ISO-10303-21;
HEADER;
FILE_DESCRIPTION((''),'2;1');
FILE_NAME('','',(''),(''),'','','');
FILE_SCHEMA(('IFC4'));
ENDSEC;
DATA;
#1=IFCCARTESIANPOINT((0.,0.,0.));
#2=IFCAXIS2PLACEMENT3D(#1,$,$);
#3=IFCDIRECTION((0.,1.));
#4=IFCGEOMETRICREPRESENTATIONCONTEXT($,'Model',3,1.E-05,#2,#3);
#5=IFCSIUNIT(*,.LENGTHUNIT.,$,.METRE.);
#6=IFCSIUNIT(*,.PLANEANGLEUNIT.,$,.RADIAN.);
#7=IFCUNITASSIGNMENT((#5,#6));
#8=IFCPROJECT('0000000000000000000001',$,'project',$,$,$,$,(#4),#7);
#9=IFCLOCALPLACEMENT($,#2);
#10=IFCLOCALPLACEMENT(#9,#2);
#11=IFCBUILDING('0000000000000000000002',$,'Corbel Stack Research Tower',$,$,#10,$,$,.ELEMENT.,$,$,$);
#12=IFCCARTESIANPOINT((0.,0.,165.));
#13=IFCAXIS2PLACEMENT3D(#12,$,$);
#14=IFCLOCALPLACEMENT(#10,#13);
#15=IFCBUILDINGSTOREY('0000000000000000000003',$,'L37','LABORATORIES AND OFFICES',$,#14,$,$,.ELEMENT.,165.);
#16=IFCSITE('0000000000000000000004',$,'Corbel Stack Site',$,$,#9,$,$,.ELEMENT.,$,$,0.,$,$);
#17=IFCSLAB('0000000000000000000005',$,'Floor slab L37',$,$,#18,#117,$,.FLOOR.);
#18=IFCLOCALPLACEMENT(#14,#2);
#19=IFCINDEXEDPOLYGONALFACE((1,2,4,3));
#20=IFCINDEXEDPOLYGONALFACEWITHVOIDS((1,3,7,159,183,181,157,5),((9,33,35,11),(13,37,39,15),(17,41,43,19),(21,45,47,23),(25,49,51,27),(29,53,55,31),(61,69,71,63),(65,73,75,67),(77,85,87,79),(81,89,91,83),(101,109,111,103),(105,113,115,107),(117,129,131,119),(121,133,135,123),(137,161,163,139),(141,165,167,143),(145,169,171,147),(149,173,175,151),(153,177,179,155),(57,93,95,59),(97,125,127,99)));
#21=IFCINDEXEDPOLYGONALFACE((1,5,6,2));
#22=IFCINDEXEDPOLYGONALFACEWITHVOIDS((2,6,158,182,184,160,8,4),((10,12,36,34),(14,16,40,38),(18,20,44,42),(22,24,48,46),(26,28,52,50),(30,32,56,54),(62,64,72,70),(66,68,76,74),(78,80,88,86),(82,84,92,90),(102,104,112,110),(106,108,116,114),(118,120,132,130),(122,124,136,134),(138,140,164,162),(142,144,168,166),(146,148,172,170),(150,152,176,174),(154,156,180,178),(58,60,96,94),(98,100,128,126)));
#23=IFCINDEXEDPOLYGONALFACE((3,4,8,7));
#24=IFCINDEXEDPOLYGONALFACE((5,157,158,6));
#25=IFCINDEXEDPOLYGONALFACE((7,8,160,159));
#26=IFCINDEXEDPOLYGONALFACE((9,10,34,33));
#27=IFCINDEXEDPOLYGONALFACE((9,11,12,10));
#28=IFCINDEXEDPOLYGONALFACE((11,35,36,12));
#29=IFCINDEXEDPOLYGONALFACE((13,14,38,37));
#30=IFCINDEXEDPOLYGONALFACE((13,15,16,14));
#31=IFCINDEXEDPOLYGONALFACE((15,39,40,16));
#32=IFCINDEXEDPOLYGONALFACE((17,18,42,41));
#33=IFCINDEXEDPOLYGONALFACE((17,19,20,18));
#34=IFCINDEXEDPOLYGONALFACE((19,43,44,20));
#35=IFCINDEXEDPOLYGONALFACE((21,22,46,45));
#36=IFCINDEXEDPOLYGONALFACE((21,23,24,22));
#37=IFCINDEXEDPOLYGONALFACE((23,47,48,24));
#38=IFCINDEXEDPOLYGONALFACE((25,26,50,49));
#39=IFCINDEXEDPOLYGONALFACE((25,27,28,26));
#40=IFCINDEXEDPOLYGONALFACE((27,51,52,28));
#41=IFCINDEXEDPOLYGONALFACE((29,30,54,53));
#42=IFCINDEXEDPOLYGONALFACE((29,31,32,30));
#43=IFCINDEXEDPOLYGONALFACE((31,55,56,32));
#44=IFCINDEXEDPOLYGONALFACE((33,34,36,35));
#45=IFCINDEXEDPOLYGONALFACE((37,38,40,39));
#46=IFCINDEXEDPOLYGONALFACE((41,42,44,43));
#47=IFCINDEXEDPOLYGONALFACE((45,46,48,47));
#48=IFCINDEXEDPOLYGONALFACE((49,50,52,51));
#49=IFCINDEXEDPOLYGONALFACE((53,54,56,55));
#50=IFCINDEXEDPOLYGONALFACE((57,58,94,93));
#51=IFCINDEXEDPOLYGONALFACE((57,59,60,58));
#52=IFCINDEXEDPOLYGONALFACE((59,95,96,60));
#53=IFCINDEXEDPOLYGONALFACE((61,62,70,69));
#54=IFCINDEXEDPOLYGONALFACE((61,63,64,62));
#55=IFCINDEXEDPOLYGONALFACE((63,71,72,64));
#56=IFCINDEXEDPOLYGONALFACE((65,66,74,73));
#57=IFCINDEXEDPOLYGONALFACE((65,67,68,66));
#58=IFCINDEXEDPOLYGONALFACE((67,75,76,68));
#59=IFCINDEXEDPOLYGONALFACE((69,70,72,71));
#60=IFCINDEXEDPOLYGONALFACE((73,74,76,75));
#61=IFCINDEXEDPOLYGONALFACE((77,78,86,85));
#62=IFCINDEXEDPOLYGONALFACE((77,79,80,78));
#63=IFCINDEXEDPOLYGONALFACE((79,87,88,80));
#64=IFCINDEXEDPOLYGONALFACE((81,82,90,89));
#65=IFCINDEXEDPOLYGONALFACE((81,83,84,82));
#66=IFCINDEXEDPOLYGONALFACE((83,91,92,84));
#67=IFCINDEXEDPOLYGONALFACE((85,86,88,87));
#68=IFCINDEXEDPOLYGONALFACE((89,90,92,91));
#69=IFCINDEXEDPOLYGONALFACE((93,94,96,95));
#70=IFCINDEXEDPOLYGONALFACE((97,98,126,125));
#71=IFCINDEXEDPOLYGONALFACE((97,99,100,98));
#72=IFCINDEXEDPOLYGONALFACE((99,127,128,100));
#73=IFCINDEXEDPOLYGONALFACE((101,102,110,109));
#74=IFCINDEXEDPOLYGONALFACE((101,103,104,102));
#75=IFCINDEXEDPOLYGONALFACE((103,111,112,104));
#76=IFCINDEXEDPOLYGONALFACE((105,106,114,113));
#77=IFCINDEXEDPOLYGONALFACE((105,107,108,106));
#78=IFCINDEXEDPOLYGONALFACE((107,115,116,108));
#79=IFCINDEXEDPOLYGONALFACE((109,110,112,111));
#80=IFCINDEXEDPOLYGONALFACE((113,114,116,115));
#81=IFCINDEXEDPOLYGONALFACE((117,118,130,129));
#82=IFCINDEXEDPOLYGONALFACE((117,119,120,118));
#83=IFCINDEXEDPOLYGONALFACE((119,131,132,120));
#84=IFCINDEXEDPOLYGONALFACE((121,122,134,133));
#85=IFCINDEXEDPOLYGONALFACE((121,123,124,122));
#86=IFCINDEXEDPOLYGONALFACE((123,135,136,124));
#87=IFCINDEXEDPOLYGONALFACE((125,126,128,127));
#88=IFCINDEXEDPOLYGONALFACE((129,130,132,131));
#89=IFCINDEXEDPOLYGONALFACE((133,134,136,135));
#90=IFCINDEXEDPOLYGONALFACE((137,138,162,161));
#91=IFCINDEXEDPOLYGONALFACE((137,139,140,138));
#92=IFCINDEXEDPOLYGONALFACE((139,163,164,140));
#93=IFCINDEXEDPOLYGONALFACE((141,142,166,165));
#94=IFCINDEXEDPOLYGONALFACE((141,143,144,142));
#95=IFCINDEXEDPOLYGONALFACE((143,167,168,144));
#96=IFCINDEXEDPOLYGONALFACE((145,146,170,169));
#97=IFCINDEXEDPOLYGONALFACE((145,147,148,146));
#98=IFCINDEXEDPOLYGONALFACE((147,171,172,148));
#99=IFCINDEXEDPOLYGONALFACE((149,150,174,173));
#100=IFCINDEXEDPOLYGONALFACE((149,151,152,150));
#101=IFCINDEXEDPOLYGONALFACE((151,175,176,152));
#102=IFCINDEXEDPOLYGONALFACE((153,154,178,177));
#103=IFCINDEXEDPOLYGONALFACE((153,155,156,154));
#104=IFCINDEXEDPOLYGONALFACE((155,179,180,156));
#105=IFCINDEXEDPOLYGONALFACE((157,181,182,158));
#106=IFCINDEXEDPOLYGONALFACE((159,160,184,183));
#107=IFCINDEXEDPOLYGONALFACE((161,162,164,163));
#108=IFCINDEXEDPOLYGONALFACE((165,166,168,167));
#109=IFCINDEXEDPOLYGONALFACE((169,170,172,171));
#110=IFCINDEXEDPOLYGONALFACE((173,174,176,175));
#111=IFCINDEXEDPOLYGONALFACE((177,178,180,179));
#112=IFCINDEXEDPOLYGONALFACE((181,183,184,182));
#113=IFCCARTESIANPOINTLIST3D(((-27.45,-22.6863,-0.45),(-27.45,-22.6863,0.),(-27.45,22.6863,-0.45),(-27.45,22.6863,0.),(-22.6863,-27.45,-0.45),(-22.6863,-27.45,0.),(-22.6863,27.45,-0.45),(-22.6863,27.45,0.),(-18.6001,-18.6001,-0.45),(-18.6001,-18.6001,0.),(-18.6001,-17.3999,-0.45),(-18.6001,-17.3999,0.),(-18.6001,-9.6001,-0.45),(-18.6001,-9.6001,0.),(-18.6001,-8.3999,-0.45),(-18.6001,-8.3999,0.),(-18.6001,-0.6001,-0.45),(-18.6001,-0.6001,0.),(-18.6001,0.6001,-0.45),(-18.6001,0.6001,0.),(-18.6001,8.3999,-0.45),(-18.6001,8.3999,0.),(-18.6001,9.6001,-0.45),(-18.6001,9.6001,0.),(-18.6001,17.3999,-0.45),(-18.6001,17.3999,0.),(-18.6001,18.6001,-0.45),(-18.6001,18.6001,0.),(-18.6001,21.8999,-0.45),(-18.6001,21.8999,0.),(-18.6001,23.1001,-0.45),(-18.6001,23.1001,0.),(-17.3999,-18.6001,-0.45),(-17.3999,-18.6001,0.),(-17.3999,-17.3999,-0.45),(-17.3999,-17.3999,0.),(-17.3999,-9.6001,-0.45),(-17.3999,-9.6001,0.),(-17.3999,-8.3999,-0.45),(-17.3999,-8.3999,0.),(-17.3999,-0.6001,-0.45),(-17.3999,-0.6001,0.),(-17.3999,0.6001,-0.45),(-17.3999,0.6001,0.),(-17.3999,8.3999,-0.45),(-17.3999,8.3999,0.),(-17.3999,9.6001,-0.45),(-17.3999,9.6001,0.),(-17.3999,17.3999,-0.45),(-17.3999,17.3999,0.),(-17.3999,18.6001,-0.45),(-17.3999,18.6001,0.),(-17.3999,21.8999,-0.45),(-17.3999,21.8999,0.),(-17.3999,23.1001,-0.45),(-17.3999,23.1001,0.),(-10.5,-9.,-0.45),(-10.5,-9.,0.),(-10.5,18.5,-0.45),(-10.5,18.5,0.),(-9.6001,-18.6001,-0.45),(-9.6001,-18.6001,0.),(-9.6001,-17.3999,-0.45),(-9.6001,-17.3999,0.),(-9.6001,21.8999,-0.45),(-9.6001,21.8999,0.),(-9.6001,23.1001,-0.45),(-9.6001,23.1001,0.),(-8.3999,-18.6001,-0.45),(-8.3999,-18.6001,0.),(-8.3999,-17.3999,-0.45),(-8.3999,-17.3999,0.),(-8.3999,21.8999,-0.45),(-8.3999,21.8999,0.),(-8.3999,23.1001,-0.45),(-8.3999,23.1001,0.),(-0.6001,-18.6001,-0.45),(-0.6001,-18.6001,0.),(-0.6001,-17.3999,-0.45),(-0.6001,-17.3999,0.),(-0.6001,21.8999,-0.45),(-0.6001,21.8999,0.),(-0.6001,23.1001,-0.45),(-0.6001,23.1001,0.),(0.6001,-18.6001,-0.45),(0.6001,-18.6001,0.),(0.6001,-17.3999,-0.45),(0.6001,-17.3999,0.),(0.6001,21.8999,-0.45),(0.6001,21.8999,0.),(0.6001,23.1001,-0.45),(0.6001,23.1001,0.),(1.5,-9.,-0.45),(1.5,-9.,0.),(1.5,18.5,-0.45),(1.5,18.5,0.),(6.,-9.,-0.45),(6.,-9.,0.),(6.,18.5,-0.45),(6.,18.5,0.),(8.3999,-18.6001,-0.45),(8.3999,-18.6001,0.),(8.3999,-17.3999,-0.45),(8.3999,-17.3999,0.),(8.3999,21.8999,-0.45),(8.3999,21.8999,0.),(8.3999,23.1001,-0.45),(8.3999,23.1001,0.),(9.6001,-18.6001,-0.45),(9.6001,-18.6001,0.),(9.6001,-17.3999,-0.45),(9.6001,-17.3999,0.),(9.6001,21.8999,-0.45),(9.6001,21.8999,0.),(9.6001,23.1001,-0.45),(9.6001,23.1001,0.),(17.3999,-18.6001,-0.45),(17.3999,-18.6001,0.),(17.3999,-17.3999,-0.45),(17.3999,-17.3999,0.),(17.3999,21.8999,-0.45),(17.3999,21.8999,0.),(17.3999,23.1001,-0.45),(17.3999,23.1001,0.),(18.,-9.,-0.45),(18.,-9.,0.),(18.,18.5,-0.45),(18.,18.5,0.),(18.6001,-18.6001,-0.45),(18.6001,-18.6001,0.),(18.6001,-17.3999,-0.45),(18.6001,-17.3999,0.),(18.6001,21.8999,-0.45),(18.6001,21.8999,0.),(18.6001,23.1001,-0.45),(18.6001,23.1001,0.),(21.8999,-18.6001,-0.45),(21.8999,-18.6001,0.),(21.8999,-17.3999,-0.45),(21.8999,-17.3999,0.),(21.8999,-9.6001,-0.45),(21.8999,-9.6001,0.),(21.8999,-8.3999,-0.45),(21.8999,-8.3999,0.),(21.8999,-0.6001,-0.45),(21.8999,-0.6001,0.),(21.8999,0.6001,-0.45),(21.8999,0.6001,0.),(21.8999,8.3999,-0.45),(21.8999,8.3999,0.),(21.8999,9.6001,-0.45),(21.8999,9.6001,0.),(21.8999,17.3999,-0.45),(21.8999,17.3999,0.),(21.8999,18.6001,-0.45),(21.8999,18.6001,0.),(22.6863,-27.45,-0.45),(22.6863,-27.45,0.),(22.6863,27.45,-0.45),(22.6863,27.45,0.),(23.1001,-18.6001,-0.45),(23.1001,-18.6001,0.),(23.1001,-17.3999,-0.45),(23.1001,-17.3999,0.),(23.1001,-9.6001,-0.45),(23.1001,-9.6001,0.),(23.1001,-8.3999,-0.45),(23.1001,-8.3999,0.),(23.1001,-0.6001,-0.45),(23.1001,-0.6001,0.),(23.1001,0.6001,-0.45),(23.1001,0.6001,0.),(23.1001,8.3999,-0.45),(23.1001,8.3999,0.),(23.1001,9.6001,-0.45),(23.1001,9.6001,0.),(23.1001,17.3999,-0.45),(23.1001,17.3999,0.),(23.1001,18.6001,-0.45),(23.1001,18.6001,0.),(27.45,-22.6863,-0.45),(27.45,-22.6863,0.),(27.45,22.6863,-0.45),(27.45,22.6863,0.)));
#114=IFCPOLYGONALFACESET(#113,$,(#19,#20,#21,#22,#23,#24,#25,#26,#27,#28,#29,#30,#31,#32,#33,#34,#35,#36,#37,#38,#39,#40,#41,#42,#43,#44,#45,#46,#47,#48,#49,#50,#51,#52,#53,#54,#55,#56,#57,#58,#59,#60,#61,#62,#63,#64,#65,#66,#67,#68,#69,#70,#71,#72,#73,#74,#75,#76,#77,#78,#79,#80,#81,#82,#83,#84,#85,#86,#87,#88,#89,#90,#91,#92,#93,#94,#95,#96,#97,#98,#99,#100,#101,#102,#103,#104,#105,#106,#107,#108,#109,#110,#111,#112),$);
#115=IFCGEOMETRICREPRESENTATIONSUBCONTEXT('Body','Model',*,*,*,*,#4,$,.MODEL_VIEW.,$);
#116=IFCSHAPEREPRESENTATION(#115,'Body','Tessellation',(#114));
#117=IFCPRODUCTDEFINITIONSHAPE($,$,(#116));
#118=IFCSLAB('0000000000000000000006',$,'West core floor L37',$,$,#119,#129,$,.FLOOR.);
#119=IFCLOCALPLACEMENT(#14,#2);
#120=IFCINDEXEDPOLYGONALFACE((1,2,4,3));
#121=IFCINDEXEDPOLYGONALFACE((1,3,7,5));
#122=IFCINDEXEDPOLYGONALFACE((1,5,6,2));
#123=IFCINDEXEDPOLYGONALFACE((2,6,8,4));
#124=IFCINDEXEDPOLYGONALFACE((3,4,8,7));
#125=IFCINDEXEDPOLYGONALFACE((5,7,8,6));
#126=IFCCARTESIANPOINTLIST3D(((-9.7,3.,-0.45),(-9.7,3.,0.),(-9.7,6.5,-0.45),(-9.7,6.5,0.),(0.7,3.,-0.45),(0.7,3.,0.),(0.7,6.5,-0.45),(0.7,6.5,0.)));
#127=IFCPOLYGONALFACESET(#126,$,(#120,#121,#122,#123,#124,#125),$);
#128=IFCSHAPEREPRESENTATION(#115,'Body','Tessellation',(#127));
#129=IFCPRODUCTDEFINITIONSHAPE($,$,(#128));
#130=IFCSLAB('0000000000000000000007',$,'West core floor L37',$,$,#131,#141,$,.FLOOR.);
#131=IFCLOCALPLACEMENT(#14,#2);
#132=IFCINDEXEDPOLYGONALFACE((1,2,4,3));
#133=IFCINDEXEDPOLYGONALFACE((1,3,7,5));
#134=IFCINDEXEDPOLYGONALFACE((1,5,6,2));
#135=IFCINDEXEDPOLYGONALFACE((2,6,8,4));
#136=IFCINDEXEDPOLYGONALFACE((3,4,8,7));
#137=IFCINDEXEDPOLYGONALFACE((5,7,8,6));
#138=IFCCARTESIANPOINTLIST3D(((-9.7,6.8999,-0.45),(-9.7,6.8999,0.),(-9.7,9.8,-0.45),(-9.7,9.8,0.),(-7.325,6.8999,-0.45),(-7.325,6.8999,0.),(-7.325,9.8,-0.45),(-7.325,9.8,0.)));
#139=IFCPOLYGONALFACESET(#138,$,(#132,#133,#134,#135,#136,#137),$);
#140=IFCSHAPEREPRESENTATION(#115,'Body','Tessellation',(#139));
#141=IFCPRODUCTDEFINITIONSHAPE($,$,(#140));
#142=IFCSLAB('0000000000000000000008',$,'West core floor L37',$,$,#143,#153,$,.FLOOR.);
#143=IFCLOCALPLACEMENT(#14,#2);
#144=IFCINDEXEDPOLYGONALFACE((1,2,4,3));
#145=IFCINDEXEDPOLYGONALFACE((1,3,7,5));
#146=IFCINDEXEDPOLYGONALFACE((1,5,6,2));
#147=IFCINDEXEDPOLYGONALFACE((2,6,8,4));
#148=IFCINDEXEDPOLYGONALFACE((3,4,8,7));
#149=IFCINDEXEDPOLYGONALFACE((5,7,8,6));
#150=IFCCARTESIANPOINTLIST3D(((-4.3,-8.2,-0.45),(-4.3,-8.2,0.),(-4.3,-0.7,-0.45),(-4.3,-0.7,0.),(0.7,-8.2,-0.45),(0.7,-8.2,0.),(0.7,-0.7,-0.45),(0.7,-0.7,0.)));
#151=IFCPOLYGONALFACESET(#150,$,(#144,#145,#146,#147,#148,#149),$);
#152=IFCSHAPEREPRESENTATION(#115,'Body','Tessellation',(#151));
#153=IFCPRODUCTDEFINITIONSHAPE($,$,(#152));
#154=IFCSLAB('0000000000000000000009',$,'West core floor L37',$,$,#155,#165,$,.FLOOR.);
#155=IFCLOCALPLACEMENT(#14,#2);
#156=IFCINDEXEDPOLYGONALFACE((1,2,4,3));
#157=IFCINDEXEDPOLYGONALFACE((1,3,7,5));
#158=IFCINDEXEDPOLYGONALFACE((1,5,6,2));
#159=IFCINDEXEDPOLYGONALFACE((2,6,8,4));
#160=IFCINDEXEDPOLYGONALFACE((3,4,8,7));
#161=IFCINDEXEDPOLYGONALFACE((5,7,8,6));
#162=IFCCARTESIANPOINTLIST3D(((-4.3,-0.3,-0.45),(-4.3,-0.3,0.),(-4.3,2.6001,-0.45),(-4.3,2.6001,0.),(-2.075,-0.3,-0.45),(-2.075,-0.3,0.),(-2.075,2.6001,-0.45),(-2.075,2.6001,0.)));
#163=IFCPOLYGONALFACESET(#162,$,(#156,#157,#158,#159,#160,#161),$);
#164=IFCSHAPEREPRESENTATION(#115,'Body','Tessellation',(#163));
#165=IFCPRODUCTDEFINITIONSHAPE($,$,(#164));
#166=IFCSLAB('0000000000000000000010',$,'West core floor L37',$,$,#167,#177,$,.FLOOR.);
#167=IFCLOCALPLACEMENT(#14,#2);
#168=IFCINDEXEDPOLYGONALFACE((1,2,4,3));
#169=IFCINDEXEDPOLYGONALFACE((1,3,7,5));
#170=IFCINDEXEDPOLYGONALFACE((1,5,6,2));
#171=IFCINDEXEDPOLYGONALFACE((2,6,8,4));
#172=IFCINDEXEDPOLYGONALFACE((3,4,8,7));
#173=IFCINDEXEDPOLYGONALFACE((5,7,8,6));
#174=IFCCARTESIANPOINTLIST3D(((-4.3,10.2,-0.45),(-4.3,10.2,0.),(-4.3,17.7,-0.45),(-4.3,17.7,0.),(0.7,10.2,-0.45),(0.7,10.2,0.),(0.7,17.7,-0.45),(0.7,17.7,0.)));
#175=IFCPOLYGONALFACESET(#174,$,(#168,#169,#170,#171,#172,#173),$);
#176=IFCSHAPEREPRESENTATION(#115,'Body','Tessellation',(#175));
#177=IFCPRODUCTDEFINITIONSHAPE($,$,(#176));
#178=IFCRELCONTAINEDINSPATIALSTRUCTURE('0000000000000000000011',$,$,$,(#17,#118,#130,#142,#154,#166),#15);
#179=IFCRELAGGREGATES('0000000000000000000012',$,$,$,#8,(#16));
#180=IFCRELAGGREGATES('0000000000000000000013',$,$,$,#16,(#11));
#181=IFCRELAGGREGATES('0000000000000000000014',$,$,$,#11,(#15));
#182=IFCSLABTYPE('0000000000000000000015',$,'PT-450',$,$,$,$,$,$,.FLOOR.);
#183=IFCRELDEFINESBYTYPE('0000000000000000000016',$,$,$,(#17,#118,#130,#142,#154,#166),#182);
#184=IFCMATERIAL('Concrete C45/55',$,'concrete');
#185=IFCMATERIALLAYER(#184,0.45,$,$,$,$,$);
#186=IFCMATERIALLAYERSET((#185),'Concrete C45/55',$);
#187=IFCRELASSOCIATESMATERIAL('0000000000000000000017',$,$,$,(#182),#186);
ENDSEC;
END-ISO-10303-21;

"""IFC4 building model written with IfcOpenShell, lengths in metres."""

from ifc_helpers import new_model, si_unit, direction, frame, origin, place, context, subcontext, project, spatial, polyline, outline, extrude, material, layer, layer_set, type_object, element, save


model = new_model("IFC4")

# Units and contexts
model_context = context("Model", 3, precision=1e-05, world=origin(), true_north=direction((0.0, 1.0)))
body_context = subcontext(model_context, "Body", "Model", "MODEL_VIEW")
ifc_project = project(units=[si_unit("LENGTHUNIT", "METRE"), si_unit("PLANEANGLEUNIT", "RADIAN")], contexts=[model_context])

# Site, building, storey
site_placement = place(None, origin())
site = spatial("IfcSite", under=ifc_project, at=site_placement, Name="Corbel Stack Site", CompositionType="ELEMENT", RefElevation=0.0)
building_placement = place(site_placement, origin())
building = spatial("IfcBuilding", under=site, at=building_placement, Name="Corbel Stack Research Tower", CompositionType="ELEMENT")
storey_placement = place(building_placement, frame((0.0, 0.0, 165.0)))
storey = spatial("IfcBuildingStorey", under=building, at=storey_placement, Name="L37", Description="LABORATORIES AND OFFICES", CompositionType="ELEMENT", Elevation=165.0)

# Slabs
ifc_material_1 = material(Name="Concrete C45/55", Category="concrete")
ifc_layer_1 = layer(ifc_material_1, 0.45)
ifc_layer_set_1 = layer_set([ifc_layer_1], Name="Concrete C45/55")
slab_type = type_object("IfcSlabType", Name="PT-450", PredefinedType="FLOOR", material=ifc_layer_set_1)
slab_1_placement = place(storey_placement, frame((0.0, 0.0, -0.45)))
element("IfcSlab", 1, at=slab_1_placement, inside=storey, type_object=slab_type, Name="Floor slab L37", PredefinedType="FLOOR", context=body_context, shape_type="SweptSolid", body=[
    extrude(outline(polyline([(-22.6863, -27.45), (22.6863, -27.45), (27.45, -22.6863), (27.45, 22.6863), (22.6863, 27.45), (-22.6863, 27.45), (-27.45, 22.6863), (-27.45, -22.6863), (-22.6863, -27.45)]), holes=[polyline([(23.1001, 17.3999), (21.8999, 17.3999), (21.8999, 18.6001), (23.1001, 18.6001), (23.1001, 17.3999)]), polyline([(21.8999, 8.3999), (21.8999, 9.6001), (23.1001, 9.6001), (23.1001, 8.3999), (21.8999, 8.3999)]), polyline([(23.1001, -0.6001), (21.8999, -0.6001), (21.8999, 0.6001), (23.1001, 0.6001), (23.1001, -0.6001)]), polyline([(21.8999, -9.6001), (21.8999, -8.3999), (23.1001, -8.3999), (23.1001, -9.6001), (21.8999, -9.6001)]), polyline([(21.8999, -18.6001), (21.8999, -17.3999), (23.1001, -17.3999), (23.1001, -18.6001), (21.8999, -18.6001)]), polyline([(17.3999, 21.8999), (17.3999, 23.1001), (18.6001, 23.1001), (18.6001, 21.8999), (17.3999, 21.8999)]), polyline([(18.6001, -18.6001), (17.3999, -18.6001), (17.3999, -17.3999), (18.6001, -17.3999), (18.6001, -18.6001)]), polyline([(6.0, -9.0), (6.0, 18.5), (18.0, 18.5), (18.0, -9.0), (6.0, -9.0)]), polyline([(8.3999, 21.8999), (8.3999, 23.1001), (9.6001, 23.1001), (9.6001, 21.8999), (8.3999, 21.8999)]), polyline([(9.6001, -18.6001), (8.3999, -18.6001), (8.3999, -17.3999), (9.6001, -17.3999), (9.6001, -18.6001)]), polyline([(1.5, -9.0), (-10.5, -9.0), (-10.5, 18.5), (1.5, 18.5), (1.5, -9.0)]), polyline([(0.6001, 21.8999), (-0.6001, 21.8999), (-0.6001, 23.1001), (0.6001, 23.1001), (0.6001, 21.8999)]), polyline([(0.6001, -18.6001), (-0.6001, -18.6001), (-0.6001, -17.3999), (0.6001, -17.3999), (0.6001, -18.6001)]), polyline([(-9.6001, 21.8999), (-9.6001, 23.1001), (-8.3999, 23.1001), (-8.3999, 21.8999), (-9.6001, 21.8999)]), polyline([(-8.3999, -18.6001), (-9.6001, -18.6001), (-9.6001, -17.3999), (-8.3999, -17.3999), (-8.3999, -18.6001)]), polyline([(-18.6001, 21.8999), (-18.6001, 23.1001), (-17.3999, 23.1001), (-17.3999, 21.8999), (-18.6001, 21.8999)]), polyline([(-17.3999, 17.3999), (-18.6001, 17.3999), (-18.6001, 18.6001), (-17.3999, 18.6001), (-17.3999, 17.3999)]), polyline([(-17.3999, 8.3999), (-18.6001, 8.3999), (-18.6001, 9.6001), (-17.3999, 9.6001), (-17.3999, 8.3999)]), polyline([(-18.6001, -0.6001), (-18.6001, 0.6001), (-17.3999, 0.6001), (-17.3999, -0.6001), (-18.6001, -0.6001)]), polyline([(-18.6001, -9.6001), (-18.6001, -8.3999), (-17.3999, -8.3999), (-17.3999, -9.6001), (-18.6001, -9.6001)]), polyline([(-17.3999, -18.6001), (-18.6001, -18.6001), (-18.6001, -17.3999), (-17.3999, -17.3999), (-17.3999, -18.6001)])]), origin(), (0.0, 0.0, 1.0), 0.45),
])
slab_2_placement = place(storey_placement, frame((0.0, 0.0, -0.45)))
element("IfcSlab", 2, at=slab_2_placement, inside=storey, type_object=slab_type, Name="West core floor L37", PredefinedType="FLOOR", context=body_context, shape_type="SweptSolid", body=[
    extrude(outline(polyline([(0.7, 6.5), (-9.7, 6.5), (-9.7, 3.0), (0.7, 3.0), (0.7, 6.5)])), origin(), (0.0, 0.0, 1.0), 0.45),
])
slab_3_placement = place(storey_placement, frame((0.0, 0.0, -0.45)))
element("IfcSlab", 3, at=slab_3_placement, inside=storey, type_object=slab_type, Name="West core floor L37", PredefinedType="FLOOR", context=body_context, shape_type="SweptSolid", body=[
    extrude(outline(polyline([(-9.7, 6.8999), (-7.325, 6.8999), (-7.325, 9.8), (-9.7, 9.8), (-9.7, 6.8999)])), origin(), (0.0, 0.0, 1.0), 0.45),
])
slab_4_placement = place(storey_placement, frame((0.0, 0.0, -0.45)))
element("IfcSlab", 4, at=slab_4_placement, inside=storey, type_object=slab_type, Name="West core floor L37", PredefinedType="FLOOR", context=body_context, shape_type="SweptSolid", body=[
    extrude(outline(polyline([(-4.3, -0.7), (-4.3, -8.2), (0.7, -8.2), (0.7, -0.7), (-4.3, -0.7)])), origin(), (0.0, 0.0, 1.0), 0.45),
])
slab_5_placement = place(storey_placement, frame((0.0, 0.0, -0.45)))
element("IfcSlab", 5, at=slab_5_placement, inside=storey, type_object=slab_type, Name="West core floor L37", PredefinedType="FLOOR", context=body_context, shape_type="SweptSolid", body=[
    extrude(outline(polyline([(-2.075, -0.3), (-2.075, 2.6001), (-4.3, 2.6001), (-4.3, -0.3), (-2.075, -0.3)])), origin(), (0.0, 0.0, 1.0), 0.45),
])
slab_6_placement = place(storey_placement, frame((0.0, 0.0, -0.45)))
element("IfcSlab", 6, at=slab_6_placement, inside=storey, type_object=slab_type, Name="West core floor L37", PredefinedType="FLOOR", context=body_context, shape_type="SweptSolid", body=[
    extrude(outline(polyline([(0.7, 17.7), (-4.3, 17.7), (-4.3, 10.2), (0.7, 10.2), (0.7, 17.7)])), origin(), (0.0, 0.0, 1.0), 0.45),
])

save(model, "model.ifc")
